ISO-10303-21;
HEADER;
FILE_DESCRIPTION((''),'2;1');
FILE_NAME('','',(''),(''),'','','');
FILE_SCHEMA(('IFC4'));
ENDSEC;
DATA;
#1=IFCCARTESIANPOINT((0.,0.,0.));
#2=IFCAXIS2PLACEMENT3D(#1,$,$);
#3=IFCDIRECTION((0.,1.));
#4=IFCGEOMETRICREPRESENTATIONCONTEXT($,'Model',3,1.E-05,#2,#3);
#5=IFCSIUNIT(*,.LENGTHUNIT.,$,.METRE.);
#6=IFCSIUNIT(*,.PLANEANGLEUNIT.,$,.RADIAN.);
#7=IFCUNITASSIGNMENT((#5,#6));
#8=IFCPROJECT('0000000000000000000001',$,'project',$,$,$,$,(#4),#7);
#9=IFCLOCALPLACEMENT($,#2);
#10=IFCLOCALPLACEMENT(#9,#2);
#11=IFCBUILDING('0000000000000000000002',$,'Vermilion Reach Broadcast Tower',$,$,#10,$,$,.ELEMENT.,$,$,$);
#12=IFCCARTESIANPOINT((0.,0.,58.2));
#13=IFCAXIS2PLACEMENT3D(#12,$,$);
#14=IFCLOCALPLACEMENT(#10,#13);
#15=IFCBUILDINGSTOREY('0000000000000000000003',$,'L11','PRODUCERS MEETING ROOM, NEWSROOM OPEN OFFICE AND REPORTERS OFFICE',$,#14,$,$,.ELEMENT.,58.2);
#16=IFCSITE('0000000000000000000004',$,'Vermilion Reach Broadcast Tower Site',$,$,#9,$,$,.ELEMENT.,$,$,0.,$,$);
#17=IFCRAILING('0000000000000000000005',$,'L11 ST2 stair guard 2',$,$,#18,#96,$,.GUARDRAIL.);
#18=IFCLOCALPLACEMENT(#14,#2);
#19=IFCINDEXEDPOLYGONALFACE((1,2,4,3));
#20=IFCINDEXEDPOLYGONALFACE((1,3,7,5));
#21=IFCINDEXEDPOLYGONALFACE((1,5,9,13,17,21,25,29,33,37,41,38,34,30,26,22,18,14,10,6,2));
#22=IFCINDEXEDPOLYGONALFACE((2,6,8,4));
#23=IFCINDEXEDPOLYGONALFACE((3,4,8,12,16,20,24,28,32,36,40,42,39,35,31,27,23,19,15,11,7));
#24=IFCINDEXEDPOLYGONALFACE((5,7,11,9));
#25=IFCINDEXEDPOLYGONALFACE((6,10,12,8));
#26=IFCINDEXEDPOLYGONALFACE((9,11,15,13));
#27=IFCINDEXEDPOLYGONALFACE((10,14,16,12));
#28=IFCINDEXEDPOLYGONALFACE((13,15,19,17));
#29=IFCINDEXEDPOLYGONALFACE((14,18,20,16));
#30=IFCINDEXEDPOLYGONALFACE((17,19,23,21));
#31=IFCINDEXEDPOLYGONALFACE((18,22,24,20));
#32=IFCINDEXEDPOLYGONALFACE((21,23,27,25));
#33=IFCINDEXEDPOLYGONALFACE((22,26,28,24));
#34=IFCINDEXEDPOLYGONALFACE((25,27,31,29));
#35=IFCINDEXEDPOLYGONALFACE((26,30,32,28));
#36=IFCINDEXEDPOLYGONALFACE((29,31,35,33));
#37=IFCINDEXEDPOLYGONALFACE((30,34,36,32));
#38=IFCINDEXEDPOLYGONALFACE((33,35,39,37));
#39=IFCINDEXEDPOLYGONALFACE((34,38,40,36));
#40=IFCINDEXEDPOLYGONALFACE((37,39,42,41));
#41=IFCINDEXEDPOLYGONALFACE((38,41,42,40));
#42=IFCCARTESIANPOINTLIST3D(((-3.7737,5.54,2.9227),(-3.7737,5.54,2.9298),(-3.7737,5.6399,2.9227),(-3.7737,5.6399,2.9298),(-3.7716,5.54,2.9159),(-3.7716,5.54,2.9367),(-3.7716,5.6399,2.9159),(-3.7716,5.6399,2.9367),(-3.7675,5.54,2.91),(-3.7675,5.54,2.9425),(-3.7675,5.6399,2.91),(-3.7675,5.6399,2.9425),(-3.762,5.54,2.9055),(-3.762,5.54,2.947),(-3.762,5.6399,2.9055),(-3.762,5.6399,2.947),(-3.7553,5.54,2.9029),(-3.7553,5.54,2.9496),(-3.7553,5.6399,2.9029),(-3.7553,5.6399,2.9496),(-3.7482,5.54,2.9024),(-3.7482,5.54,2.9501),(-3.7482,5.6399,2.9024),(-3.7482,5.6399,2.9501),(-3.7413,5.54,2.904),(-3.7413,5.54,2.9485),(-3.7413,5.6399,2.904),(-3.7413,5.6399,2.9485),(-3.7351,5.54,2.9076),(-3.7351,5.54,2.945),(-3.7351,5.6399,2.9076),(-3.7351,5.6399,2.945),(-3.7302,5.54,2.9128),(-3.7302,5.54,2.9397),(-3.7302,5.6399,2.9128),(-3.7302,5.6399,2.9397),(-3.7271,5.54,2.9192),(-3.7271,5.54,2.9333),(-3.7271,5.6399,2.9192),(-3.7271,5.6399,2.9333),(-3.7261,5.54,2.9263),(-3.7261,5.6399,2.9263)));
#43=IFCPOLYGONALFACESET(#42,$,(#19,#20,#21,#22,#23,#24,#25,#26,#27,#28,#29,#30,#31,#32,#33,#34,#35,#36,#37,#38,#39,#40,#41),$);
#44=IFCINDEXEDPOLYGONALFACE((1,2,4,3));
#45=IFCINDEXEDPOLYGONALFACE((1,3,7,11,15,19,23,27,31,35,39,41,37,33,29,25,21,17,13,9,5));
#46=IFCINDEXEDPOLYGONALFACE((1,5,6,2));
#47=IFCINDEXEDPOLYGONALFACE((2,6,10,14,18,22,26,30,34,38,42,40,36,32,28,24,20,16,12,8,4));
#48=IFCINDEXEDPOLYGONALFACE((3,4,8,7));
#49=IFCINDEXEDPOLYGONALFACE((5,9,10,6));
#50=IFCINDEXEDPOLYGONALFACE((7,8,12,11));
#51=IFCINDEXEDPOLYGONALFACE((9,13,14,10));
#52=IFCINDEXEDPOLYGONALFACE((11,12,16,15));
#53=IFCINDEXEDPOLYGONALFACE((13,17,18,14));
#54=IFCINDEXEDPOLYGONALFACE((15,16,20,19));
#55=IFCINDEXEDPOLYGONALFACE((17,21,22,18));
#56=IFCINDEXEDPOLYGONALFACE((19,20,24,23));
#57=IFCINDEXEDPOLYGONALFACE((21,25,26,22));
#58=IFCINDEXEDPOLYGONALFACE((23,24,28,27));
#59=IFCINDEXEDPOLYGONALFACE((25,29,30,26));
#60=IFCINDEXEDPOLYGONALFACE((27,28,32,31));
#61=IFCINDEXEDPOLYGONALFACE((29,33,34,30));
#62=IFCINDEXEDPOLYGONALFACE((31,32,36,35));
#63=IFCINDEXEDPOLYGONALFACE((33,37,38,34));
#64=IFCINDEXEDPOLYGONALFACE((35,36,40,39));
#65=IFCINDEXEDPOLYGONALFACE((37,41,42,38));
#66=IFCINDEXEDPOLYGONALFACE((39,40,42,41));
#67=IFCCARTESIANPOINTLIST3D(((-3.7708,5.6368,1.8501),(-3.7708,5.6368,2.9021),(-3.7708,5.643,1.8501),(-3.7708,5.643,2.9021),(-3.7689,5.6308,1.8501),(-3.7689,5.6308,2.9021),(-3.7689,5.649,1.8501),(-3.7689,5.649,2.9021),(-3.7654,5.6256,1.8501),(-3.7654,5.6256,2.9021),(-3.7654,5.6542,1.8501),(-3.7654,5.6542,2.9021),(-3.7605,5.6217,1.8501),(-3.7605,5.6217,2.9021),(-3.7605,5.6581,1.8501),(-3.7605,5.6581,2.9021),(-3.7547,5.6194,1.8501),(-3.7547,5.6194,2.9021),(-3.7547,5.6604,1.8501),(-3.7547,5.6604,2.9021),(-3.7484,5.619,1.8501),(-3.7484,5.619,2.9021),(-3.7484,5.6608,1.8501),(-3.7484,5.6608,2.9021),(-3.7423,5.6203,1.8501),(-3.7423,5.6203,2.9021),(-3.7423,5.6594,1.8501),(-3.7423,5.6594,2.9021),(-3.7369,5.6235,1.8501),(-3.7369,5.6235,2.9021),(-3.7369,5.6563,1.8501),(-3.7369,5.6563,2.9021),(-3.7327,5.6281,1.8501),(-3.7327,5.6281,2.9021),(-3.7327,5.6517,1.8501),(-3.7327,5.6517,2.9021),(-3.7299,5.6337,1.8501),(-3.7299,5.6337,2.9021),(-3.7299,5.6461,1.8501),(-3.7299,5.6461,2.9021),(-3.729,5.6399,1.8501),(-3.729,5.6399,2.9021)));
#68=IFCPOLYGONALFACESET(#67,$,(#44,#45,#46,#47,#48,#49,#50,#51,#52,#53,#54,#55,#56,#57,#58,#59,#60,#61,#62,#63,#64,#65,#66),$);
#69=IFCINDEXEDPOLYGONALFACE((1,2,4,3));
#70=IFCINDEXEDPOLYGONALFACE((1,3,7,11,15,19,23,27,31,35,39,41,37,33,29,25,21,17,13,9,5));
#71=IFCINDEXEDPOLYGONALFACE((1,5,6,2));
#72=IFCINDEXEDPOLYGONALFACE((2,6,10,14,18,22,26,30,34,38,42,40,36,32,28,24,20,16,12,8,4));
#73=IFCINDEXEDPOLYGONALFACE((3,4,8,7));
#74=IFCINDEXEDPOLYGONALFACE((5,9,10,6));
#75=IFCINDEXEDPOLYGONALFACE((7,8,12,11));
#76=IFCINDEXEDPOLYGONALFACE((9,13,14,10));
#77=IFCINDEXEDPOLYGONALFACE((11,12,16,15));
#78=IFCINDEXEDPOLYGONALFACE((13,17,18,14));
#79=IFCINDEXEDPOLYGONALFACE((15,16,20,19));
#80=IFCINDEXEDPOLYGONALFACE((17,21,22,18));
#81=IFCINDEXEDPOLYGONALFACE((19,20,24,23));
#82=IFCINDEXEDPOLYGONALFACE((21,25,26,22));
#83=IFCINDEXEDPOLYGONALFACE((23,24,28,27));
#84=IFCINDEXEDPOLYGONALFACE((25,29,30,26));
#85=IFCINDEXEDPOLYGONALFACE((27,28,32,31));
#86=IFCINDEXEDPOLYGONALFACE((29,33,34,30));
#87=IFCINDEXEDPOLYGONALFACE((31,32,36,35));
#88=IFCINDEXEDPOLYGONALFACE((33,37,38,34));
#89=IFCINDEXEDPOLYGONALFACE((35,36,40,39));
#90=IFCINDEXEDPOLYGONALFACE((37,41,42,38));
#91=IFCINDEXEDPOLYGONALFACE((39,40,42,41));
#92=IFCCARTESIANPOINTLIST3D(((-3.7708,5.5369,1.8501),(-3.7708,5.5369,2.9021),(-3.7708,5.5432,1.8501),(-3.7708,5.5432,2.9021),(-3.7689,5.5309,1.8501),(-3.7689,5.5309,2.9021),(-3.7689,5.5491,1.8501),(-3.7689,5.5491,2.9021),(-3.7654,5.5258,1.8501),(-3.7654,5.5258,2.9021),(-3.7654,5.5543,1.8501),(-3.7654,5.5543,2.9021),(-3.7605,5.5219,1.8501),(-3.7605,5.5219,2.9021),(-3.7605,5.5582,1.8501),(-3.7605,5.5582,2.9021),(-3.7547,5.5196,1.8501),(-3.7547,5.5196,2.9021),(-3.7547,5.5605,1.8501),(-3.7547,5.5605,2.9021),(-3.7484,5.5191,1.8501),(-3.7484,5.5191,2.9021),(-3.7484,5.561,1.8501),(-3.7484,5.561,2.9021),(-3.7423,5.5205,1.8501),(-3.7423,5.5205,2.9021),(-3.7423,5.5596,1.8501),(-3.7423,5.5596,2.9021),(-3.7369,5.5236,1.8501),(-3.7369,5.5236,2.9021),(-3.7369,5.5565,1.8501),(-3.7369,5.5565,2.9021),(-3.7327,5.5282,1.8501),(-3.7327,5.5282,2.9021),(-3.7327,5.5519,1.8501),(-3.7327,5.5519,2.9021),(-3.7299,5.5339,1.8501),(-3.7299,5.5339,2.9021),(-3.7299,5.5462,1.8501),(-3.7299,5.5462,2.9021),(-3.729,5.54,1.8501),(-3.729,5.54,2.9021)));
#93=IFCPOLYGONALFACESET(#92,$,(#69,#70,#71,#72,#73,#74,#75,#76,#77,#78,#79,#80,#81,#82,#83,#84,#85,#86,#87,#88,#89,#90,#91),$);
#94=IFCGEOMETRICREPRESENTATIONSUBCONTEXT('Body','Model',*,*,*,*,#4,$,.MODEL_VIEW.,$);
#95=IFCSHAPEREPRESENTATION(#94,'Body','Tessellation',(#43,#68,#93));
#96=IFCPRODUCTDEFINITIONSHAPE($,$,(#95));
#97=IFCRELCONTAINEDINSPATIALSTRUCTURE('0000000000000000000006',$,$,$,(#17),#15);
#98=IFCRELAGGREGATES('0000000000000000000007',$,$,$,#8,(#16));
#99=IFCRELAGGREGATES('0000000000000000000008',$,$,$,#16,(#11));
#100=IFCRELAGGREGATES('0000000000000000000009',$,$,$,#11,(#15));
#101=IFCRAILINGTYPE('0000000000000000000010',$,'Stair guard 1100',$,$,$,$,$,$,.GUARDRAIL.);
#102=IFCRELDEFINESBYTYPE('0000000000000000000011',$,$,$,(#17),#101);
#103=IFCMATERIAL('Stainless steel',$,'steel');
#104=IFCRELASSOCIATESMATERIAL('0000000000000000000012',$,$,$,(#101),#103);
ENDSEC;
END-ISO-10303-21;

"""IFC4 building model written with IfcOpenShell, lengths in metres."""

from ifc_helpers import new_model, si_unit, direction, frame, origin, origin_2d, place, context, subcontext, project, spatial, circle, extrude, material, type_object, element, save


model = new_model("IFC4")

# Units and contexts
model_context = context("Model", 3, precision=1e-05, world=origin(), true_north=direction((0.0, 1.0)))
body_context = subcontext(model_context, "Body", "Model", "MODEL_VIEW")
ifc_project = project(units=[si_unit("LENGTHUNIT", "METRE"), si_unit("PLANEANGLEUNIT", "RADIAN")], contexts=[model_context])

# Site, building, storey
site_placement = place(None, origin())
site = spatial("IfcSite", under=ifc_project, at=site_placement, Name="Vermilion Reach Broadcast Tower Site", CompositionType="ELEMENT", RefElevation=0.0)
building_placement = place(site_placement, origin())
building = spatial("IfcBuilding", under=site, at=building_placement, Name="Vermilion Reach Broadcast Tower", CompositionType="ELEMENT")
storey_placement = place(building_placement, frame((0.0, 0.0, 58.2)))
storey = spatial("IfcBuildingStorey", under=building, at=storey_placement, Name="L11", Description="PRODUCERS MEETING ROOM, NEWSROOM OPEN OFFICE AND REPORTERS OFFICE", CompositionType="ELEMENT", Elevation=58.2)

# Railing
ifc_material_1 = material(Name="Stainless steel", Category="steel")
railing_type_1 = type_object("IfcRailingType", Name="Stair guard 1100", PredefinedType="GUARDRAIL", material=ifc_material_1)
railing_1_placement = place(storey_placement, frame((-3.75, 5.6399, 1.8501)))
element("IfcRailing", 1, at=railing_1_placement, inside=storey, type_object=railing_type_1, Name="L11 ST2 stair guard 2", PredefinedType="GUARDRAIL", context=body_context, shape_type="SweptSolid", body=[
    extrude(circle(Radius=0.0239, at=origin_2d()), frame((0.0, 0.0, 1.0762), z_axis=(0.0, -1.0, 0.0), x_axis=(1.0, 0.0, 0.0)), (0.0, 0.0, 1.0), 0.0999),
    extrude(circle(Radius=0.021, at=origin_2d()), origin(), (0.0, 0.0, 1.0), 1.052),
    extrude(circle(Radius=0.021, at=origin_2d()), frame((0.0, -0.0999, 0.0)), (0.0, 0.0, 1.0), 1.052),
])

save(model, "model.ifc")
